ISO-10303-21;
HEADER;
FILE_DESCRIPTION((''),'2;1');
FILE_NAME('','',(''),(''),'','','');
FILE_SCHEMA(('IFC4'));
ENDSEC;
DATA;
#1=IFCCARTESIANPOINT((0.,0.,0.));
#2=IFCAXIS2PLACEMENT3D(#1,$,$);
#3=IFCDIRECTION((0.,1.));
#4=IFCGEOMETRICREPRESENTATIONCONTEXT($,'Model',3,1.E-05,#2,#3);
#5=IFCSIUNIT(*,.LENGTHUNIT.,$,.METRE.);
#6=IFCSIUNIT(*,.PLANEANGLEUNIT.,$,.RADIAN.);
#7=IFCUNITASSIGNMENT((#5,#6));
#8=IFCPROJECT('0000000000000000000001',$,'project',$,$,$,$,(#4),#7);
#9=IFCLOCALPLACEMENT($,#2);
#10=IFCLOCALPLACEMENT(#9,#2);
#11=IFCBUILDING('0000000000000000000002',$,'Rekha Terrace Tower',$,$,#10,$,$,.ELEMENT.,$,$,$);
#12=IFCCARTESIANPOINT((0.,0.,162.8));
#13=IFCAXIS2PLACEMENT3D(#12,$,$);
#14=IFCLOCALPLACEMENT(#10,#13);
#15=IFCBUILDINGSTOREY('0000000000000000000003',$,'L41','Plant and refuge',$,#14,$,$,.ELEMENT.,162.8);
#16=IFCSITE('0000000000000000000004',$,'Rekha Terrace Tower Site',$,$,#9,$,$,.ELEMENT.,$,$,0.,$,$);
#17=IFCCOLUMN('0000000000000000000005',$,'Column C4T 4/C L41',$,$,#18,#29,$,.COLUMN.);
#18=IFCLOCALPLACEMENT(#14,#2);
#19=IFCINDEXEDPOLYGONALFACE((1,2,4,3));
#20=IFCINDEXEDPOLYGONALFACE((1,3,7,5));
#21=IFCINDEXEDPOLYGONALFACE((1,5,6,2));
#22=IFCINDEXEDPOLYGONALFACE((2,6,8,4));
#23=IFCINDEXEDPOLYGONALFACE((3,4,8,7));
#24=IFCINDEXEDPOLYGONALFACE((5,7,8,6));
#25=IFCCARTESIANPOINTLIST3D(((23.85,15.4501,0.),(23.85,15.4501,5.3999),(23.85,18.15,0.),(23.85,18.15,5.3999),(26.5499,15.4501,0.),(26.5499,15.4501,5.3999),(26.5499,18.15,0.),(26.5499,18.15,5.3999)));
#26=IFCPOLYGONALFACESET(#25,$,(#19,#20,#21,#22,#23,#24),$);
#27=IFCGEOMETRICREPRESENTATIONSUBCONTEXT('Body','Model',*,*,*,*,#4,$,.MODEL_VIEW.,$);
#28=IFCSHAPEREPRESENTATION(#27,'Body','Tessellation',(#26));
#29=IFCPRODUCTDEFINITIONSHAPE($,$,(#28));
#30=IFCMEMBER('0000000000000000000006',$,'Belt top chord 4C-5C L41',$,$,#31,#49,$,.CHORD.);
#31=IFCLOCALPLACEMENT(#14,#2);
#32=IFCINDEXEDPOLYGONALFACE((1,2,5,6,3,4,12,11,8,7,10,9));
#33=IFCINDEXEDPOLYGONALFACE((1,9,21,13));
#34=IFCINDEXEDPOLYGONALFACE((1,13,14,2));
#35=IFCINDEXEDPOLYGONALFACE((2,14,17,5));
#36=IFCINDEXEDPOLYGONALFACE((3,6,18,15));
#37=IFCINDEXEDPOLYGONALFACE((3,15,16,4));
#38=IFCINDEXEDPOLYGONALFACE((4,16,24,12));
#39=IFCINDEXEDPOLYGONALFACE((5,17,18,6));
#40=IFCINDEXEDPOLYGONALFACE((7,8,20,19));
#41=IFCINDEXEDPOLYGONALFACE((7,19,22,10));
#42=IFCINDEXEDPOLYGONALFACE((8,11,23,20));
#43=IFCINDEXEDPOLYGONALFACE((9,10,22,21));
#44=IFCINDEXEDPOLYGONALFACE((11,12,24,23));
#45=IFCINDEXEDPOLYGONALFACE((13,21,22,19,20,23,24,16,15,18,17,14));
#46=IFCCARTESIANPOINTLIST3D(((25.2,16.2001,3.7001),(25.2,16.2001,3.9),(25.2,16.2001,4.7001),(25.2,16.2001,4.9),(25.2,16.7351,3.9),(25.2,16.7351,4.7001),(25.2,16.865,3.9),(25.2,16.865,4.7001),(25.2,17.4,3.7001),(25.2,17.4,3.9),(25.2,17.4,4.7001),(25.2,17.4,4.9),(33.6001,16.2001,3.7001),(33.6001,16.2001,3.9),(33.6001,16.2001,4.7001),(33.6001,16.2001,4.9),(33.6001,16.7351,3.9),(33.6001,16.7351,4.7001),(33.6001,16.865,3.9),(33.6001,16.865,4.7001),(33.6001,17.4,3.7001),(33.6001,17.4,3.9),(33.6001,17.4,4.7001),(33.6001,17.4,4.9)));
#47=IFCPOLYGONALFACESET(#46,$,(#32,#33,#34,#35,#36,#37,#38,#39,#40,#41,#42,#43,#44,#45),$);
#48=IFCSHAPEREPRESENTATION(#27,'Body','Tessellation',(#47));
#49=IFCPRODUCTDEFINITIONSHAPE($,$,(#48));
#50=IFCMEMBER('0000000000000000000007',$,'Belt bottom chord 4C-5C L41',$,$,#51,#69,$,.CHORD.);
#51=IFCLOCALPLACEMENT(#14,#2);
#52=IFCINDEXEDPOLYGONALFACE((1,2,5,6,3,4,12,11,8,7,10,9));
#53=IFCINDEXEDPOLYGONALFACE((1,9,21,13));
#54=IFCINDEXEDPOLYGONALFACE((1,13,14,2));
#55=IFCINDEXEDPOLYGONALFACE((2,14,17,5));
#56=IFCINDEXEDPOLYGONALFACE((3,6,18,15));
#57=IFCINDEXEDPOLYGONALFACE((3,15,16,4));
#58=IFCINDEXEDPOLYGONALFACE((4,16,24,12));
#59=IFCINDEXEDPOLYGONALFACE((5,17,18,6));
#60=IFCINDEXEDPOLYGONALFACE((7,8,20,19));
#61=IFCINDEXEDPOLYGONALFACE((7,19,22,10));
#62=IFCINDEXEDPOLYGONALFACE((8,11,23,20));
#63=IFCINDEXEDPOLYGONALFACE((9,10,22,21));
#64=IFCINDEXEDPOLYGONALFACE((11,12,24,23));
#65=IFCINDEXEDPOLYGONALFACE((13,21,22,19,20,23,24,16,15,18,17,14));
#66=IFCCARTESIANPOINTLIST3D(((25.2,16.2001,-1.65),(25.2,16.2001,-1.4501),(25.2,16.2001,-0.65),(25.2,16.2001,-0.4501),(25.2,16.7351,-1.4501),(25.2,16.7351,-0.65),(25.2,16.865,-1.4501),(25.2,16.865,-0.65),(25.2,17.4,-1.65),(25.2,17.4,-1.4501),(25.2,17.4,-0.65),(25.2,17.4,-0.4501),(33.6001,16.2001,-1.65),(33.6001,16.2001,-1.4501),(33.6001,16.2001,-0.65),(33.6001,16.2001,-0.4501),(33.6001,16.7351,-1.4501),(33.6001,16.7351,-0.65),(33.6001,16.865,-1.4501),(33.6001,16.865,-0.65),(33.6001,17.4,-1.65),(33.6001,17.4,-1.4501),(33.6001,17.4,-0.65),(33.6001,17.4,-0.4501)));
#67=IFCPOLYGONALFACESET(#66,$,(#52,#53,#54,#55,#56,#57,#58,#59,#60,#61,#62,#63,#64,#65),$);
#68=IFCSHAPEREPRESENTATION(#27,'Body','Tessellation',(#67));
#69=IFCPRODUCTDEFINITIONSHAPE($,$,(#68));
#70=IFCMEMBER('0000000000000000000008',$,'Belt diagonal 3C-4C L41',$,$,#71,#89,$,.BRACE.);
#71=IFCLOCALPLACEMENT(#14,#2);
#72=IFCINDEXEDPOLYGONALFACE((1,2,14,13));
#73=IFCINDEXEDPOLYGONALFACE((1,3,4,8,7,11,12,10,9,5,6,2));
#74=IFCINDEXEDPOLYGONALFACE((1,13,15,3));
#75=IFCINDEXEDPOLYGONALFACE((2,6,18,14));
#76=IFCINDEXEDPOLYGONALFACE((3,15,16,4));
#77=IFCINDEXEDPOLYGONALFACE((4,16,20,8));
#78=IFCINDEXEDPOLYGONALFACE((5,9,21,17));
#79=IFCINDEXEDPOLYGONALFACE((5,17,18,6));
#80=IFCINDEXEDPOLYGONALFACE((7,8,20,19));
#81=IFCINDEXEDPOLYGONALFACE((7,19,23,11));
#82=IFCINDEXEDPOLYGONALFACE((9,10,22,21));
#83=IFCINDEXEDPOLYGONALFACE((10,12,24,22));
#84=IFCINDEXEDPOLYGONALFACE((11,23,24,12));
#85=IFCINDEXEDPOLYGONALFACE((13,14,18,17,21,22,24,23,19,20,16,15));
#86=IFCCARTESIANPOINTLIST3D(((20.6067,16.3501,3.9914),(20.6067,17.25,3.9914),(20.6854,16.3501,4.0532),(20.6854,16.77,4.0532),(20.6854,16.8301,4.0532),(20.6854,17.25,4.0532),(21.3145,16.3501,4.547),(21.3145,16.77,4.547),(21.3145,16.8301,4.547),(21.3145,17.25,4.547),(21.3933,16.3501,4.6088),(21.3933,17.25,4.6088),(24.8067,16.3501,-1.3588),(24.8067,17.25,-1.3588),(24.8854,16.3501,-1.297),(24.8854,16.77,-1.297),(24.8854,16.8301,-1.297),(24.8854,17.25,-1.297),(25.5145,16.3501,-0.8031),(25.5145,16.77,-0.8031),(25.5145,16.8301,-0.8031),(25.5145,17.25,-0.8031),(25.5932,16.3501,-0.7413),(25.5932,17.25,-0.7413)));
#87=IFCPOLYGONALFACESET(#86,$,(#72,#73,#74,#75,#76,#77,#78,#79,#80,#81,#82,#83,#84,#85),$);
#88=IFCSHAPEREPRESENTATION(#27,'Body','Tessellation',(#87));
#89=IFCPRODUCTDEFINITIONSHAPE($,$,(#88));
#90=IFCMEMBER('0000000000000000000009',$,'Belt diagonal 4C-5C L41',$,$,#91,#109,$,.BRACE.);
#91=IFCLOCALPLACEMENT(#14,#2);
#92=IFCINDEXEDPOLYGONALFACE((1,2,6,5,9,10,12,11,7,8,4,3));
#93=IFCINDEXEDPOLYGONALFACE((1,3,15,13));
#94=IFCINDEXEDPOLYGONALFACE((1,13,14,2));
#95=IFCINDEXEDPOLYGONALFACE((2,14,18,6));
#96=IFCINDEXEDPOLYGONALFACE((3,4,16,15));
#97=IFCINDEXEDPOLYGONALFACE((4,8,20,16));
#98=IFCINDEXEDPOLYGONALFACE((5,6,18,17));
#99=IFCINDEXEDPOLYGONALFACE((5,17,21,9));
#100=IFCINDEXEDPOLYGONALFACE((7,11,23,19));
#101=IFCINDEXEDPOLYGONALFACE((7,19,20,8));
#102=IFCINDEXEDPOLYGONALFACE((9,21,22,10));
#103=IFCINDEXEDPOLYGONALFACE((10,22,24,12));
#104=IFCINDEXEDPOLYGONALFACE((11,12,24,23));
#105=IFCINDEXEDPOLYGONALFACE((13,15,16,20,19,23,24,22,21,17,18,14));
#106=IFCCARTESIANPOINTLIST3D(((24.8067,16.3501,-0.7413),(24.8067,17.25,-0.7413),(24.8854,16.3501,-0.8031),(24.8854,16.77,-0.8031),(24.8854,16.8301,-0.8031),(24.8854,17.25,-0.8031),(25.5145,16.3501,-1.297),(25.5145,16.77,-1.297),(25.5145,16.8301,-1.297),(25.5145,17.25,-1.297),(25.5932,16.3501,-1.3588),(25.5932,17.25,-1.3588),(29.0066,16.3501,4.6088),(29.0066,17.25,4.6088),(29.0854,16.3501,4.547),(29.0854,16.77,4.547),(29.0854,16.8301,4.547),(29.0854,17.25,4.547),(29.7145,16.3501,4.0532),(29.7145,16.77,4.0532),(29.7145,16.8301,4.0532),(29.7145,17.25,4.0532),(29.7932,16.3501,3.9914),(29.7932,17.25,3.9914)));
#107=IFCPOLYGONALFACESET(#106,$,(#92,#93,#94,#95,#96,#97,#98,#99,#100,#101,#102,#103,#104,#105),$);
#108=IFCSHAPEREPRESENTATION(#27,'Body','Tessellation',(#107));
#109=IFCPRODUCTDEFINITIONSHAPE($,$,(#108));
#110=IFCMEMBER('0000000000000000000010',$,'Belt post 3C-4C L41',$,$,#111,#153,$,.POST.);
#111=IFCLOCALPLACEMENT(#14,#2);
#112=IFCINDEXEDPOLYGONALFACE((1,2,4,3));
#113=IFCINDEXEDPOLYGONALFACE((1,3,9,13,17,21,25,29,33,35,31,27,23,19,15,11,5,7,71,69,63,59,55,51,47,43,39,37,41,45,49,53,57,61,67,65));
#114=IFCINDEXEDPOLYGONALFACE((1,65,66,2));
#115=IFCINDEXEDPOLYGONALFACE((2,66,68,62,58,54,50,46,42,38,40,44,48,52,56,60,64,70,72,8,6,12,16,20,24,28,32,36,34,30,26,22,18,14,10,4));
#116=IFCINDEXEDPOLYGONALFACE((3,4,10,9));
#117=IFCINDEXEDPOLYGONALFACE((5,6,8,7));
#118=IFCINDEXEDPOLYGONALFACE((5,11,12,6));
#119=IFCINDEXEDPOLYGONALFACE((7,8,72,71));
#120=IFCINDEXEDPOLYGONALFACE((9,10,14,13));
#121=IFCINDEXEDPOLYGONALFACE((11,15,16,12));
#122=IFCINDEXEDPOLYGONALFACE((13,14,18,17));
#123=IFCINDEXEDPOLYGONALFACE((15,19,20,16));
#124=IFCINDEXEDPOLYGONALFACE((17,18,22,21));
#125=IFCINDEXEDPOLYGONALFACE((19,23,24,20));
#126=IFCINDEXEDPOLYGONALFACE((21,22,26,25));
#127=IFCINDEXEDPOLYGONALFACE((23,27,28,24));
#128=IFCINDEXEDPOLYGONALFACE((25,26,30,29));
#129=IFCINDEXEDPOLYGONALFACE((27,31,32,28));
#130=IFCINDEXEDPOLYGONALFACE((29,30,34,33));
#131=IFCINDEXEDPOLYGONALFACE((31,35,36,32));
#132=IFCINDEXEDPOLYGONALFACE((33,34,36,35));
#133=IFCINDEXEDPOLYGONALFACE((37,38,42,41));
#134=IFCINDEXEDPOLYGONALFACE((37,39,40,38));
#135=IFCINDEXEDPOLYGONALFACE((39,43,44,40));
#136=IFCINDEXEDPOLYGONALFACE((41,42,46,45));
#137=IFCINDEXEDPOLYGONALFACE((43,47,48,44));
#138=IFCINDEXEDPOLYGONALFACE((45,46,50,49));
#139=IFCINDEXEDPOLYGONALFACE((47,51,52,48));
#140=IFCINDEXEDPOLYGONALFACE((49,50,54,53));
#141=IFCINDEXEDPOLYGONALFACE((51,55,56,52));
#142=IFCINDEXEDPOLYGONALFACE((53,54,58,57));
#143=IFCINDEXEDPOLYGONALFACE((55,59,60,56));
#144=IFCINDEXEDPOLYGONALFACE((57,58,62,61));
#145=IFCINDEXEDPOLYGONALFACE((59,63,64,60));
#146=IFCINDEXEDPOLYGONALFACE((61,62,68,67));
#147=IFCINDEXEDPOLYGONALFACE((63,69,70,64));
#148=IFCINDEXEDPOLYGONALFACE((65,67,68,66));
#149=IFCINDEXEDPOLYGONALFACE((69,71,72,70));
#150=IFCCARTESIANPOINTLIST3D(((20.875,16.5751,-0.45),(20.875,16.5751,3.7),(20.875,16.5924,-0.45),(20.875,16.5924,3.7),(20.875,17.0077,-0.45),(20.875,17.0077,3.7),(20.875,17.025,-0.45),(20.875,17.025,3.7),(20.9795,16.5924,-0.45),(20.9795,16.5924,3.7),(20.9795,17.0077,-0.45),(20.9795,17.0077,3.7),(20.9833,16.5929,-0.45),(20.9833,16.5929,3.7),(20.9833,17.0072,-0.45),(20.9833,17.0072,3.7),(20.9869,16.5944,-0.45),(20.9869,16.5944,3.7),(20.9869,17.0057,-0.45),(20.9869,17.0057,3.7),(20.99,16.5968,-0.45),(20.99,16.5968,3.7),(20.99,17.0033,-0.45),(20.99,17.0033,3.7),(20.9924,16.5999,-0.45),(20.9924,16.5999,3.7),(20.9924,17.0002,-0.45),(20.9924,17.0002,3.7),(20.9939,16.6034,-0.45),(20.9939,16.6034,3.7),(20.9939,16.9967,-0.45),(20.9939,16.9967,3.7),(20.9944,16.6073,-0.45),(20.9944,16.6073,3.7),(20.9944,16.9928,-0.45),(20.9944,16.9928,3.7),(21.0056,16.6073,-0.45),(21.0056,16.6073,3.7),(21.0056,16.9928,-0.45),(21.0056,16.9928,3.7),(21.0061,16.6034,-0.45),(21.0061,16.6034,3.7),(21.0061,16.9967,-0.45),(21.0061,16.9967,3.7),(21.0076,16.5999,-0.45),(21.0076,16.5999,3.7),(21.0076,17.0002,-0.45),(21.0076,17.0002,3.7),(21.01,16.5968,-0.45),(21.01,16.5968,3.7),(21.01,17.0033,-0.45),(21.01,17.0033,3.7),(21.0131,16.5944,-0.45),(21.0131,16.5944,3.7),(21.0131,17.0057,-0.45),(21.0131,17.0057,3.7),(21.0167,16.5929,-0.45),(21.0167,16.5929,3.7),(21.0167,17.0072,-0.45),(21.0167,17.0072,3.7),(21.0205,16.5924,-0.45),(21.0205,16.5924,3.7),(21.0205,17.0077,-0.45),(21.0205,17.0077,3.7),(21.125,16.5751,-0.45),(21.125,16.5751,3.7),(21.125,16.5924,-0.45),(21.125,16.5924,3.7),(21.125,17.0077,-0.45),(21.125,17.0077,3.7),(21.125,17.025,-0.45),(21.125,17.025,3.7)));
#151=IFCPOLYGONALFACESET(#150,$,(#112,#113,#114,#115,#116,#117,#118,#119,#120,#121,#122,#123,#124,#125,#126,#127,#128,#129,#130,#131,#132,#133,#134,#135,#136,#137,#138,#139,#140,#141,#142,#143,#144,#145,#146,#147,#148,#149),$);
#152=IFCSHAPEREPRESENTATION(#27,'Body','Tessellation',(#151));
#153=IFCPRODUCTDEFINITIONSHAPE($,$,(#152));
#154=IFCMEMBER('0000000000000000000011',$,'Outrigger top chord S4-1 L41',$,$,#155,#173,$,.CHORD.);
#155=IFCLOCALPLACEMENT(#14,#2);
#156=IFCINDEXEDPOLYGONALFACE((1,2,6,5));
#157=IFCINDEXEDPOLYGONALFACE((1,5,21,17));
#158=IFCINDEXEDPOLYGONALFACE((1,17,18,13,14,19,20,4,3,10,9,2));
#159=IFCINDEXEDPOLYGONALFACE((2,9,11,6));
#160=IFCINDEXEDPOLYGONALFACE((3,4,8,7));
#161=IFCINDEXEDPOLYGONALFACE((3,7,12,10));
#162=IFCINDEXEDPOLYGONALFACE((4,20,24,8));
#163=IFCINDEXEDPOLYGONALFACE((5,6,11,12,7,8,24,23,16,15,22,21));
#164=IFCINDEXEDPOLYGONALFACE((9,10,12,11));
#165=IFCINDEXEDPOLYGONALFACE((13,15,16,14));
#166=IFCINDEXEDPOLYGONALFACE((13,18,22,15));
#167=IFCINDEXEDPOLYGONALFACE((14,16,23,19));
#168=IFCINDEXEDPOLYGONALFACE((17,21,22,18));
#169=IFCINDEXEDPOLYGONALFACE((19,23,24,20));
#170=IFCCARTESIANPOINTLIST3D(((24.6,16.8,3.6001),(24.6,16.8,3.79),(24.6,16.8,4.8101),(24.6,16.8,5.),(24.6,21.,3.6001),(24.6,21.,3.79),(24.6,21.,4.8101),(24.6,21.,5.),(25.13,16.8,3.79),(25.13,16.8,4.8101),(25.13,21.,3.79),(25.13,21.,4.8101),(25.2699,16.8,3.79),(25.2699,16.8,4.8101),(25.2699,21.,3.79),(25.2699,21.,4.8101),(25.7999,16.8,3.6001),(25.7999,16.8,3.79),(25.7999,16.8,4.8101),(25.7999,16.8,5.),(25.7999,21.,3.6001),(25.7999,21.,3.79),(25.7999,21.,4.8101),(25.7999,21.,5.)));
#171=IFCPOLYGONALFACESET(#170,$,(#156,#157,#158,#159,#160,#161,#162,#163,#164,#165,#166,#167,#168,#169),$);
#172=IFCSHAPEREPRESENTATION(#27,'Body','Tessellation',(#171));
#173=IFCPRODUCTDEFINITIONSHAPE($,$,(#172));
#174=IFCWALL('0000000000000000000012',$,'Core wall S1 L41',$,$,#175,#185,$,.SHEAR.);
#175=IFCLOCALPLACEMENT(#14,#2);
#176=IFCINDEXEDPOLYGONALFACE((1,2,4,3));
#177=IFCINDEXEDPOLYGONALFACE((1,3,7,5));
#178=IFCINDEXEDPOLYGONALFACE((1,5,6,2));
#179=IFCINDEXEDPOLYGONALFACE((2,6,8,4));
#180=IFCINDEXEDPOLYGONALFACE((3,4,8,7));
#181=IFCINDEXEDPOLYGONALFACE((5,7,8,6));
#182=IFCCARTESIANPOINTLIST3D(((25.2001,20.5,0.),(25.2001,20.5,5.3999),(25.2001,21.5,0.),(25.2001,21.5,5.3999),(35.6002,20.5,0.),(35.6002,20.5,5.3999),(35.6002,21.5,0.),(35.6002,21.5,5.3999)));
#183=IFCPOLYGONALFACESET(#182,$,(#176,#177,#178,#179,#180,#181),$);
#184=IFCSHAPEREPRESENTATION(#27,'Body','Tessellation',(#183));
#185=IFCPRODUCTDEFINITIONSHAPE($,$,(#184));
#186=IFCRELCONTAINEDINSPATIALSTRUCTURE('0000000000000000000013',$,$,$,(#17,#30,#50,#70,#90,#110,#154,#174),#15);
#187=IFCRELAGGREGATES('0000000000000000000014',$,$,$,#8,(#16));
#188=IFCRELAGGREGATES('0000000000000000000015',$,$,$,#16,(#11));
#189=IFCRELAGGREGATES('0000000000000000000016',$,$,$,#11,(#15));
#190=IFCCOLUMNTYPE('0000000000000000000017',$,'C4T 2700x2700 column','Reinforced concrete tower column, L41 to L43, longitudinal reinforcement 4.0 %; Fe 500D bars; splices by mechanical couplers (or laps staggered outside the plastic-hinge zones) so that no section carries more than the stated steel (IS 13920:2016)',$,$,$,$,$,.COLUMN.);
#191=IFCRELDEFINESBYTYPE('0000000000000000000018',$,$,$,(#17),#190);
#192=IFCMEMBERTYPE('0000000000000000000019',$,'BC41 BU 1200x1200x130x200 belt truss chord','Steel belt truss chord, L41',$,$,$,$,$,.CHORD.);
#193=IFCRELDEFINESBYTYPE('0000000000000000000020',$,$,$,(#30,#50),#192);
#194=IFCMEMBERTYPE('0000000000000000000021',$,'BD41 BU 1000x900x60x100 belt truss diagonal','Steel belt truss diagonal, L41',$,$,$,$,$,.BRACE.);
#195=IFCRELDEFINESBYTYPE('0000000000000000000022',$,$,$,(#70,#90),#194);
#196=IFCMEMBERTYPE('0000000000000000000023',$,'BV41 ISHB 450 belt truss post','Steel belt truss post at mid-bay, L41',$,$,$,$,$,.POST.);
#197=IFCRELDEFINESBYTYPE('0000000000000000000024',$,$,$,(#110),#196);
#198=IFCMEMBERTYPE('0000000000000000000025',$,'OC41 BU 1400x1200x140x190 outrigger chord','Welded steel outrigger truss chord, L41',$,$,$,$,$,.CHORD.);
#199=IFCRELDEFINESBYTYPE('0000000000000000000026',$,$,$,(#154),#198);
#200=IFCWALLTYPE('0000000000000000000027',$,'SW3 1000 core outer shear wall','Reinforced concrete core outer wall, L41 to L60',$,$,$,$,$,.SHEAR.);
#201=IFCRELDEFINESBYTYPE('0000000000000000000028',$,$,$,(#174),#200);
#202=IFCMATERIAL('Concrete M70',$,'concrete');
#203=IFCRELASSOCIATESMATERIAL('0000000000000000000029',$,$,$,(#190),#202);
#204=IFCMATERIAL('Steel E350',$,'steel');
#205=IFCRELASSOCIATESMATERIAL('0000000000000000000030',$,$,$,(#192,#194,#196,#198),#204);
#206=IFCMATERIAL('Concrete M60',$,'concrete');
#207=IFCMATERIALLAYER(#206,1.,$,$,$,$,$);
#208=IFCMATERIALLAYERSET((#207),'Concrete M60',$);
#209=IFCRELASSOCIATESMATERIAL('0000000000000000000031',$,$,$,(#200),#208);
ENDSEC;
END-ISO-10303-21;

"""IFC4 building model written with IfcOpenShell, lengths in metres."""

from ifc_helpers import new_model, si_unit, direction, frame, frame_2d, origin, origin_2d, place, context, subcontext, project, spatial, rectangle, i_section, extrude, material, layer, layer_set, material_profile, profile_set, type_object, element, save


model = new_model("IFC4")

# Units and contexts
model_context = context("Model", 3, precision=1e-05, world=origin(), true_north=direction((0.0, 1.0)))
body_context = subcontext(model_context, "Body", "Model", "MODEL_VIEW")
ifc_project = project(units=[si_unit("LENGTHUNIT", "METRE"), si_unit("PLANEANGLEUNIT", "RADIAN")], contexts=[model_context])

# Site, building, storey
site_placement = place(None, origin())
site = spatial("IfcSite", under=ifc_project, at=site_placement, Name="Rekha Terrace Tower Site", CompositionType="ELEMENT", RefElevation=0.0)
building_placement = place(site_placement, origin())
building = spatial("IfcBuilding", under=site, at=building_placement, Name="Rekha Terrace Tower", CompositionType="ELEMENT")
storey_placement = place(building_placement, frame((0.0, 0.0, 162.8)))
storey = spatial("IfcBuildingStorey", under=building, at=storey_placement, Name="L41", Description="Plant and refuge", CompositionType="ELEMENT", Elevation=162.8)

# Column
ifc_material_1 = material(Name="Concrete M70", Category="concrete")
ifc_material_profile_1 = material_profile(ifc_material_1, rectangle(XDim=2.7, YDim=2.7, at=origin_2d()), Name="RC 2700x2700")
ifc_profile_set_1 = profile_set([ifc_material_profile_1], Name="Concrete M70")
column_type = type_object("IfcColumnType", Name="C4T 2700x2700 column", Description="Reinforced concrete tower column, L41 to L43, longitudinal reinforcement 4.0 %; Fe 500D bars; splices by mechanical couplers (or laps staggered outside the plastic-hinge zones) so that no section carries more than the stated steel (IS 13920:2016)", PredefinedType="COLUMN", material=ifc_profile_set_1)
column_placement = place(storey_placement, frame((25.2, 16.8, 0.0), z_axis=(0.0, 0.0, 1.0), x_axis=(1.0, 0.0, 0.0)))
element("IfcColumn", 1, at=column_placement, inside=storey, type_object=column_type, Name="Column C4T 4/C L41", PredefinedType="COLUMN", context=body_context, shape_type="SweptSolid", body=[
    extrude(rectangle(XDim=2.7, YDim=2.7, at=origin_2d()), origin(), (0.0, 0.0, 1.0), 5.3999),
])

# Members
ifc_material_2 = material(Name="Steel E350", Category="steel")
ifc_material_profile_2 = material_profile(ifc_material_2, i_section(OverallWidth=1.2, OverallDepth=1.2, WebThickness=0.1299, FlangeThickness=0.2, at=origin_2d()), Name="BU 1200x1200x130x200")
ifc_profile_set_2 = profile_set([ifc_material_profile_2], Name="Steel E350")
member_type_1 = type_object("IfcMemberType", Name="BC41 BU 1200x1200x130x200 belt truss chord", Description="Steel belt truss chord, L41", PredefinedType="CHORD", material=ifc_profile_set_2)
for number, where, z_axis, x_axis, name in (
    (2, (25.2, 16.8, 4.3), (1.0, 0.0, 0.0), (0.0, 1.0, 0.0), "Belt top chord 4C-5C L41"),
    (3, (25.2, 16.8, -1.05), (1.0, 0.0, 0.0), (0.0, 1.0, 0.0), "Belt bottom chord 4C-5C L41"),
):
    element("IfcMember", number, at=place(storey_placement, frame(where, z_axis=z_axis, x_axis=x_axis)), inside=storey, type_object=member_type_1, Name=name, PredefinedType="CHORD", context=body_context, shape_type="SweptSolid", body=[
        extrude(i_section(OverallWidth=1.2, OverallDepth=1.2, WebThickness=0.1299, FlangeThickness=0.2, at=origin_2d()), origin(), (0.0, 0.0, 1.0), 8.4001),
    ])
ifc_material_profile_3 = material_profile(ifc_material_2, i_section(OverallWidth=0.8999, OverallDepth=1.0, WebThickness=0.0601, FlangeThickness=0.1001, at=origin_2d()), Name="BU 1000x900x60x100")
ifc_profile_set_3 = profile_set([ifc_material_profile_3], Name="Steel E350")
member_type_2 = type_object("IfcMemberType", Name="BD41 BU 1000x900x60x100 belt truss diagonal", Description="Steel belt truss diagonal, L41", PredefinedType="BRACE", material=ifc_profile_set_3)
for number, where, z_axis, x_axis, name in (
    (4, (25.2, 16.8, -1.05), (-0.617485, 0.0, 0.786582), (0.0, -1.0, 0.0), "Belt diagonal 3C-4C L41"),
    (5, (25.2, 16.8, -1.05), (0.617485, 0.0, 0.786582), (0.0, 1.0, 0.0), "Belt diagonal 4C-5C L41"),
):
    element("IfcMember", number, at=place(storey_placement, frame(where, z_axis=z_axis, x_axis=x_axis)), inside=storey, type_object=member_type_2, Name=name, PredefinedType="BRACE", context=body_context, shape_type="SweptSolid", body=[
        extrude(i_section(OverallWidth=0.8999, OverallDepth=1.0, WebThickness=0.0601, FlangeThickness=0.1001, at=origin_2d()), origin(), (0.0, 0.0, 1.0), 6.8018),
    ])
ifc_material_profile_4 = material_profile(ifc_material_2, i_section(OverallWidth=0.25, OverallDepth=0.45, WebThickness=0.0112, FlangeThickness=0.0173, FilletRadius=0.0149, at=origin_2d()), Name="ISHB 450")
ifc_profile_set_4 = profile_set([ifc_material_profile_4], Name="Steel E350")
member_type_3 = type_object("IfcMemberType", Name="BV41 ISHB 450 belt truss post", Description="Steel belt truss post at mid-bay, L41", PredefinedType="POST", material=ifc_profile_set_4)
member_1_placement = place(storey_placement, frame((21.0, 16.8, -0.45), z_axis=(0.0, 0.0, 1.0), x_axis=(1.0, 0.0, 0.0)))
element("IfcMember", 6, at=member_1_placement, inside=storey, type_object=member_type_3, Name="Belt post 3C-4C L41", PredefinedType="POST", context=body_context, shape_type="SweptSolid", body=[
    extrude(i_section(OverallWidth=0.25, OverallDepth=0.45, WebThickness=0.0112, FlangeThickness=0.0173, FilletRadius=0.0149, at=origin_2d()), origin(), (0.0, 0.0, 1.0), 4.1499),
])
ifc_material_profile_5 = material_profile(ifc_material_2, i_section(OverallWidth=1.2, OverallDepth=1.3999, WebThickness=0.1399, FlangeThickness=0.1899, at=origin_2d()), Name="BU 1400x1200x140x190")
ifc_profile_set_5 = profile_set([ifc_material_profile_5], Name="Steel E350")
member_type_4 = type_object("IfcMemberType", Name="OC41 BU 1400x1200x140x190 outrigger chord", Description="Welded steel outrigger truss chord, L41", PredefinedType="CHORD", material=ifc_profile_set_5)
member_2_placement = place(storey_placement, frame((25.2, 21.0, 4.3), z_axis=(0.0, -1.0, 0.0), x_axis=(1.0, 0.0, 0.0)))
element("IfcMember", 7, at=member_2_placement, inside=storey, type_object=member_type_4, Name="Outrigger top chord S4-1 L41", PredefinedType="CHORD", context=body_context, shape_type="SweptSolid", body=[
    extrude(i_section(OverallWidth=1.2, OverallDepth=1.3999, WebThickness=0.1399, FlangeThickness=0.1899, at=origin_2d()), origin(), (0.0, 0.0, 1.0), 4.2),
])

# Wall
ifc_material_3 = material(Name="Concrete M60", Category="concrete")
ifc_layer_1 = layer(ifc_material_3, 1.0)
ifc_layer_set_1 = layer_set([ifc_layer_1], Name="Concrete M60")
wall_type_1 = type_object("IfcWallType", Name="SW3 1000 core outer shear wall", Description="Reinforced concrete core outer wall, L41 to L60", PredefinedType="SHEAR", material=ifc_layer_set_1)
wall_1_placement = place(storey_placement, frame((25.2, 21.0, 0.0), z_axis=(0.0, 0.0, 1.0), x_axis=(1.0, 0.0, 0.0)))
element("IfcWall", 8, at=wall_1_placement, inside=storey, type_object=wall_type_1, Name="Core wall S1 L41", PredefinedType="SHEAR", context=body_context, shape_type="SweptSolid", body=[
    extrude(rectangle(XDim=10.4001, YDim=1.0, at=frame_2d((5.2002, 0.0))), origin(), (0.0, 0.0, 1.0), 5.3999),
])

save(model, "model.ifc")
